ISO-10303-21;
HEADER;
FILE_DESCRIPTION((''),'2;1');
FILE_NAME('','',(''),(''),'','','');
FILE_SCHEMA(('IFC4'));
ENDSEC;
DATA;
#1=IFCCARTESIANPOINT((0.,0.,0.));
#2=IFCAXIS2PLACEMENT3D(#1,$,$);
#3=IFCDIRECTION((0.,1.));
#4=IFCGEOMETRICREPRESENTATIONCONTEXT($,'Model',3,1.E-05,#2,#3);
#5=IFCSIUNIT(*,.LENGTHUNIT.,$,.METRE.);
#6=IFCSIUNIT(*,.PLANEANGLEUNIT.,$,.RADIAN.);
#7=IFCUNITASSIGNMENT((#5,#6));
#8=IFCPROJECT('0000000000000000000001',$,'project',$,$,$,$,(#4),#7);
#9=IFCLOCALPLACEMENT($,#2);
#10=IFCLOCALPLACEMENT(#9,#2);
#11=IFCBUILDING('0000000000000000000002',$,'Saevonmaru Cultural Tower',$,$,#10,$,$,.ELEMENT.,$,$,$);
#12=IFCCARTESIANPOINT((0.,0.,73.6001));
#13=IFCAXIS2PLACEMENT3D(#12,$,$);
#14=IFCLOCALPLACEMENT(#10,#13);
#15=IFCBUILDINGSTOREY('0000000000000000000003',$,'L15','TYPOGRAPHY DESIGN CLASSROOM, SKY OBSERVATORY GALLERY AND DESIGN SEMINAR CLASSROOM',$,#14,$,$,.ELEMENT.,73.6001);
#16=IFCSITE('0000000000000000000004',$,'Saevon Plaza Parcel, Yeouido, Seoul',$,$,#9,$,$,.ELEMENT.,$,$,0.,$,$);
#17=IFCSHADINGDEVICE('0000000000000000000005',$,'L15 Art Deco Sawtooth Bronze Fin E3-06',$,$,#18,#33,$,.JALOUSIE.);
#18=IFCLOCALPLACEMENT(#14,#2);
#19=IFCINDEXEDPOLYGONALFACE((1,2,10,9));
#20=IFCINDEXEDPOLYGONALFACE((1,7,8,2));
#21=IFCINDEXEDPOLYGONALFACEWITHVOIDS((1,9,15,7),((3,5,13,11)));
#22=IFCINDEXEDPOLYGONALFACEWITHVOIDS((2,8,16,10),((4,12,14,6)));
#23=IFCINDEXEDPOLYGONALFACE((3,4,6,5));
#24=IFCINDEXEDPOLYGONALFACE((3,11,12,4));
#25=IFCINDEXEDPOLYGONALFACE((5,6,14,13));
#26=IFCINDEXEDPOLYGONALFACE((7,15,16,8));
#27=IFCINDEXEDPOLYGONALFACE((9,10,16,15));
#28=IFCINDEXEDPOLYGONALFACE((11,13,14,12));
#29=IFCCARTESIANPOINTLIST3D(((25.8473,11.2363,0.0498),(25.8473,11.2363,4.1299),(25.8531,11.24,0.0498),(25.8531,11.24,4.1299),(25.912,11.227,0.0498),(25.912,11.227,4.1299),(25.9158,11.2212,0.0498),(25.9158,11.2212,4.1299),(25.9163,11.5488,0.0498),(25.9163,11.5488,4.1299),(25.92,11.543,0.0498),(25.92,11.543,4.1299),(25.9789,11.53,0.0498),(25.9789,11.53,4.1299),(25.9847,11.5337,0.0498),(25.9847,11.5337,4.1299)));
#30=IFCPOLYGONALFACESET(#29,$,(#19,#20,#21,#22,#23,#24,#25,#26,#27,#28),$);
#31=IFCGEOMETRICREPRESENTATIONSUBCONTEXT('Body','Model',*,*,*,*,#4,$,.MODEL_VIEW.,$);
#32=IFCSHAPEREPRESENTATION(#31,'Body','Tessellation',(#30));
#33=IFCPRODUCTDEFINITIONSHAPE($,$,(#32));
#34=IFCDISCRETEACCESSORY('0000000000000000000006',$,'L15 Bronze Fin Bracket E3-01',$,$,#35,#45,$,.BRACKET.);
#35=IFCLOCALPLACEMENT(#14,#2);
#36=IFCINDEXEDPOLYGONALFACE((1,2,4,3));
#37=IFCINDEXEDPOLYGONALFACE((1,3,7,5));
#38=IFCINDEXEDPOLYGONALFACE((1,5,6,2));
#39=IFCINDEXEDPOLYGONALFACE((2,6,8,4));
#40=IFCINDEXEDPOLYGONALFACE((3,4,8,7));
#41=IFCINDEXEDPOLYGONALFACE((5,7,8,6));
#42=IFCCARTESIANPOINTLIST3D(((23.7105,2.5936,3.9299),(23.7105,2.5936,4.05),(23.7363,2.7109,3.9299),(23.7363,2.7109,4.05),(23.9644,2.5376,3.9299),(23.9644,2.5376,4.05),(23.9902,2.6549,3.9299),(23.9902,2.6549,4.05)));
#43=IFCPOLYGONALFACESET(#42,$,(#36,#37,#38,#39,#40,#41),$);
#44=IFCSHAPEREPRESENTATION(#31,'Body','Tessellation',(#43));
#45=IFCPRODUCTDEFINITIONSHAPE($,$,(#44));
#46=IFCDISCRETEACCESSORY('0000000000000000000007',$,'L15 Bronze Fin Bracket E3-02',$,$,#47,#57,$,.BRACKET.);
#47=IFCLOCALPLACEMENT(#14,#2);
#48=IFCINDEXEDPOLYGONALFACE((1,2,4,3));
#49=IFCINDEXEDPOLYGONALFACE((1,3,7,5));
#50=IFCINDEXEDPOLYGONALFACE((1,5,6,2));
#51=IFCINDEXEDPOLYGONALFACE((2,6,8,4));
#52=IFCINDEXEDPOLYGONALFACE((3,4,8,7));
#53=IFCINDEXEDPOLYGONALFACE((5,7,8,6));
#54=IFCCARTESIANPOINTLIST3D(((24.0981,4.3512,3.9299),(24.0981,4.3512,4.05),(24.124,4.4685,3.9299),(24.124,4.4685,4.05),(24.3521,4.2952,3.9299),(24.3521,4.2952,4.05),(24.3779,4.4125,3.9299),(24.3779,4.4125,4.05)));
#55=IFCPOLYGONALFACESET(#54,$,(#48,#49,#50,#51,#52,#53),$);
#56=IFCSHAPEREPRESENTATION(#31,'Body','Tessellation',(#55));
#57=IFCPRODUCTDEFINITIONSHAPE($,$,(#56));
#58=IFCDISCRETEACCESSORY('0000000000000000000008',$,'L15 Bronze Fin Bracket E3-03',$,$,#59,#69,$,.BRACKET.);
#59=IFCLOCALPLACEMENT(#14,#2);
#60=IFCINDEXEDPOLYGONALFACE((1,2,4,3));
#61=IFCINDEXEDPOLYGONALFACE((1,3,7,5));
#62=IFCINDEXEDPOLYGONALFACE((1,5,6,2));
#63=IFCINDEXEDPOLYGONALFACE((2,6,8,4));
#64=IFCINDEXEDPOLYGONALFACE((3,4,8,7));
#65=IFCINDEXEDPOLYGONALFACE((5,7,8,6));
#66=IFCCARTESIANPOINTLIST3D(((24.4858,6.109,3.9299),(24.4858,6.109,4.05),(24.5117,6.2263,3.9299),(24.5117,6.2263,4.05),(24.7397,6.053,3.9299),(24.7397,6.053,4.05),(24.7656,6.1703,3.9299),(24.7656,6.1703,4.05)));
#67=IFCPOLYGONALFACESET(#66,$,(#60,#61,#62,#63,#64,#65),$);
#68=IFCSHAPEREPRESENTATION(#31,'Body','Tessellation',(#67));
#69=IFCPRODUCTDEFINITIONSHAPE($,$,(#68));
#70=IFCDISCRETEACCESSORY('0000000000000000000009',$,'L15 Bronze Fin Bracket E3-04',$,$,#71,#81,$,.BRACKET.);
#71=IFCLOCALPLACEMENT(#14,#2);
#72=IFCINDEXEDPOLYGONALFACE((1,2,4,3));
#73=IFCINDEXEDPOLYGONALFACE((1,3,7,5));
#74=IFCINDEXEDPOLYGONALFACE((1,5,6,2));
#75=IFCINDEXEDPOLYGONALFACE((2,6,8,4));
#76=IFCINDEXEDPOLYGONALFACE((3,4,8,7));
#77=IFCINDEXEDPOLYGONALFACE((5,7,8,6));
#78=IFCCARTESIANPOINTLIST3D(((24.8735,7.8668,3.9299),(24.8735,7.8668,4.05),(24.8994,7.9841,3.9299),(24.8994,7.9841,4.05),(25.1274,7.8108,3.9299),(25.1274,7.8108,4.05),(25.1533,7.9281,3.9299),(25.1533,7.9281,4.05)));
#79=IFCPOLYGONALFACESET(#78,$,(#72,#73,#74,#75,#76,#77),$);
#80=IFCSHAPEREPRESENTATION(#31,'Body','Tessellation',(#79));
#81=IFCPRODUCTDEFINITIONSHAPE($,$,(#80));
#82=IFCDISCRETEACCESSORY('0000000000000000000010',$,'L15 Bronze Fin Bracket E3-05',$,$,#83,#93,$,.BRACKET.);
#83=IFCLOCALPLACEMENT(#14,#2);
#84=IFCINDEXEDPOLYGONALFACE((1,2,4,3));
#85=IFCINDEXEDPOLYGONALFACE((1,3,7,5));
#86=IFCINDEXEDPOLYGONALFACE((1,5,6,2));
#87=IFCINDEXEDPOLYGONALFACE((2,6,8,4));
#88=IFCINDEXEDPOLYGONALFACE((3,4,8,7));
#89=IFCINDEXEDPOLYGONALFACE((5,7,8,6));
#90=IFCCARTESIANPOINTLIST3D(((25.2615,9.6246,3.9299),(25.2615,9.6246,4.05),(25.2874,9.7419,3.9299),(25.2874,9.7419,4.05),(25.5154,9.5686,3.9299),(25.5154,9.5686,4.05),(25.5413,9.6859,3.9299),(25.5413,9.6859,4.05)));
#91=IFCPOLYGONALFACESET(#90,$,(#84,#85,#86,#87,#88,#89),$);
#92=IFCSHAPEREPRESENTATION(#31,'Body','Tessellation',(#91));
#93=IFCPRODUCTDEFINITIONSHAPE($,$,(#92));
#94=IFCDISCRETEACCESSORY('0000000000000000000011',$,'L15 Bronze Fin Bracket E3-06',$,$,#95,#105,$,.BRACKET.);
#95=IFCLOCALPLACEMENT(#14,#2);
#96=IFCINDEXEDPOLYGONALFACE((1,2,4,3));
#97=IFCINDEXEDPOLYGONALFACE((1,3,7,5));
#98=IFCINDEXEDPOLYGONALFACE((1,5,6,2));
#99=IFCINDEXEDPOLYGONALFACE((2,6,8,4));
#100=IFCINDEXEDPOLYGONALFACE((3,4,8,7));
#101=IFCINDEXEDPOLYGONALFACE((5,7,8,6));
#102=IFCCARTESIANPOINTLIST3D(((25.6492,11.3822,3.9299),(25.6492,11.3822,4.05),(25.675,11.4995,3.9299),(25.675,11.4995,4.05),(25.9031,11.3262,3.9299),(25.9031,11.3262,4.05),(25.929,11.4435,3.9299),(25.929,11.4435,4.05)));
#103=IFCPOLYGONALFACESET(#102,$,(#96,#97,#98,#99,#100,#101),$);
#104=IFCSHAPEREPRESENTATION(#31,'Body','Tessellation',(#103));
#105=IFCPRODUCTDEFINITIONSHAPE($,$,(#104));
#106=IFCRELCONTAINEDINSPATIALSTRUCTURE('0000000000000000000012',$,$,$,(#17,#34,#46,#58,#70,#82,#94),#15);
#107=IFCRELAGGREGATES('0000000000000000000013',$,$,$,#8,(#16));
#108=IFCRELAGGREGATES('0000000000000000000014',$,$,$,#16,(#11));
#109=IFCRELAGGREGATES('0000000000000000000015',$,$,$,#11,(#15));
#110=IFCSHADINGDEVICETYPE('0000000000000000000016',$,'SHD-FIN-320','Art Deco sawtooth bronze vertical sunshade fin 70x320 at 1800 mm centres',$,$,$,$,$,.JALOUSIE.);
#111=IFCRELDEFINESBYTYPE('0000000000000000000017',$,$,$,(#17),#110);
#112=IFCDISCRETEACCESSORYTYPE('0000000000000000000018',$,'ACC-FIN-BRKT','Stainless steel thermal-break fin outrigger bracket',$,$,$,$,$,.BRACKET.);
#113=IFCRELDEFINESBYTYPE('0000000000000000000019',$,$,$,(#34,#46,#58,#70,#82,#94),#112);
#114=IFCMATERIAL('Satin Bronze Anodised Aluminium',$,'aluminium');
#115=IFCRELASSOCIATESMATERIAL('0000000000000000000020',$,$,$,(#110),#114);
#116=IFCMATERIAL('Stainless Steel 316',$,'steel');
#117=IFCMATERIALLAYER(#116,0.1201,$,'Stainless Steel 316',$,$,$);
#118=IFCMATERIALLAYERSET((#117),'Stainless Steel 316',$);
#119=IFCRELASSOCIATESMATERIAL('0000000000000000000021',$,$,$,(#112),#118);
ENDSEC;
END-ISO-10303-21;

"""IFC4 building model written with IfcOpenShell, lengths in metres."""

from ifc_helpers import new_model, si_unit, direction, frame, origin, origin_2d, place, context, subcontext, project, spatial, rectangle, hollow_rectangle, extrude, material, layer, layer_set, material_profile, profile_set, type_object, element, save


model = new_model("IFC4")

# Units and contexts
model_context = context("Model", 3, precision=1e-05, world=origin(), true_north=direction((0.0, 1.0)))
body_context = subcontext(model_context, "Body", "Model", "MODEL_VIEW")
ifc_project = project(units=[si_unit("LENGTHUNIT", "METRE"), si_unit("PLANEANGLEUNIT", "RADIAN")], contexts=[model_context])

# Site, building, storey
site_placement = place(None, origin())
site = spatial("IfcSite", under=ifc_project, at=site_placement, Name="Saevon Plaza Parcel, Yeouido, Seoul", CompositionType="ELEMENT", RefElevation=0.0)
building_placement = place(site_placement, origin())
building = spatial("IfcBuilding", under=site, at=building_placement, Name="Saevonmaru Cultural Tower", CompositionType="ELEMENT")
storey_placement = place(building_placement, frame((0.0, 0.0, 73.6001)))
storey = spatial("IfcBuildingStorey", under=building, at=storey_placement, Name="L15", Description="TYPOGRAPHY DESIGN CLASSROOM, SKY OBSERVATORY GALLERY AND DESIGN SEMINAR CLASSROOM", CompositionType="ELEMENT", Elevation=73.6001)

# Shared definitions
ifc_material_1 = material(Name="Satin Bronze Anodised Aluminium", Category="aluminium")

# Shading device
ifc_material_profile_1 = material_profile(ifc_material_1, hollow_rectangle(XDim=0.0701, YDim=0.3201, WallThickness=0.0049, at=origin_2d()), Name="FIN-320x70")
ifc_profile_set_1 = profile_set([ifc_material_profile_1], Name="Satin Bronze Anodised Aluminium")
shading_device_type = type_object("IfcShadingDeviceType", Name="SHD-FIN-320", Description="Art Deco sawtooth bronze vertical sunshade fin 70x320 at 1800 mm centres", PredefinedType="JALOUSIE", material=ifc_profile_set_1)
for number, where, z_axis, x_axis, name in (
    (1, (25.916, 11.385, 0.0498), (0.0, 0.0, 1.0), (0.976522, -0.215417, 0.0), "L15 Art Deco Sawtooth Bronze Fin E3-06"),
):
    element("IfcShadingDevice", number, at=place(storey_placement, frame(where, z_axis=z_axis, x_axis=x_axis)), inside=storey, type_object=shading_device_type, Name=name, PredefinedType="JALOUSIE", context=body_context, shape_type="SweptSolid", body=[
        extrude(hollow_rectangle(XDim=0.0701, YDim=0.3201, WallThickness=0.0049, at=origin_2d()), origin(), (0.0, 0.0, 1.0), 4.0801),
    ])

# Discrete accessories
ifc_material_2 = material(Name="Stainless Steel 316", Category="steel")
ifc_layer_1 = layer(ifc_material_2, 0.1201, Name="Stainless Steel 316")
ifc_layer_set_1 = layer_set([ifc_layer_1], Name="Stainless Steel 316")
discrete_accessory_type = type_object("IfcDiscreteAccessoryType", Name="ACC-FIN-BRKT", Description="Stainless steel thermal-break fin outrigger bracket", PredefinedType="BRACKET", material=ifc_layer_set_1)
for number, where, z_axis, x_axis, name in (
    (2, (23.8503, 2.6243, 3.9299), (0.0, 0.0, 1.0), (0.976522, -0.215417, 0.0), "L15 Bronze Fin Bracket E3-01"),
    (3, (24.238, 4.3818, 3.9299), (0.0, 0.0, 1.0), (0.976522, -0.215417, 0.0), "L15 Bronze Fin Bracket E3-02"),
    (4, (24.6257, 6.1396, 3.9299), (0.0, 0.0, 1.0), (0.976522, -0.215417, 0.0), "L15 Bronze Fin Bracket E3-03"),
    (5, (25.0134, 7.8975, 3.9299), (0.0, 0.0, 1.0), (0.976522, -0.215417, 0.0), "L15 Bronze Fin Bracket E3-04"),
    (6, (25.4014, 9.6553, 3.9299), (0.0, 0.0, 1.0), (0.976522, -0.215417, 0.0), "L15 Bronze Fin Bracket E3-05"),
    (7, (25.7891, 11.4128, 3.9299), (0.0, 0.0, 1.0), (0.976522, -0.215417, 0.0), "L15 Bronze Fin Bracket E3-06"),
):
    element("IfcDiscreteAccessory", number, at=place(storey_placement, frame(where, z_axis=z_axis, x_axis=x_axis)), inside=storey, type_object=discrete_accessory_type, Name=name, PredefinedType="BRACKET", context=body_context, shape_type="SweptSolid", body=[
        extrude(rectangle(XDim=0.26, YDim=0.1201, at=origin_2d()), origin(), (0.0, 0.0, 1.0), 0.1201),
    ])

save(model, "model.ifc")
